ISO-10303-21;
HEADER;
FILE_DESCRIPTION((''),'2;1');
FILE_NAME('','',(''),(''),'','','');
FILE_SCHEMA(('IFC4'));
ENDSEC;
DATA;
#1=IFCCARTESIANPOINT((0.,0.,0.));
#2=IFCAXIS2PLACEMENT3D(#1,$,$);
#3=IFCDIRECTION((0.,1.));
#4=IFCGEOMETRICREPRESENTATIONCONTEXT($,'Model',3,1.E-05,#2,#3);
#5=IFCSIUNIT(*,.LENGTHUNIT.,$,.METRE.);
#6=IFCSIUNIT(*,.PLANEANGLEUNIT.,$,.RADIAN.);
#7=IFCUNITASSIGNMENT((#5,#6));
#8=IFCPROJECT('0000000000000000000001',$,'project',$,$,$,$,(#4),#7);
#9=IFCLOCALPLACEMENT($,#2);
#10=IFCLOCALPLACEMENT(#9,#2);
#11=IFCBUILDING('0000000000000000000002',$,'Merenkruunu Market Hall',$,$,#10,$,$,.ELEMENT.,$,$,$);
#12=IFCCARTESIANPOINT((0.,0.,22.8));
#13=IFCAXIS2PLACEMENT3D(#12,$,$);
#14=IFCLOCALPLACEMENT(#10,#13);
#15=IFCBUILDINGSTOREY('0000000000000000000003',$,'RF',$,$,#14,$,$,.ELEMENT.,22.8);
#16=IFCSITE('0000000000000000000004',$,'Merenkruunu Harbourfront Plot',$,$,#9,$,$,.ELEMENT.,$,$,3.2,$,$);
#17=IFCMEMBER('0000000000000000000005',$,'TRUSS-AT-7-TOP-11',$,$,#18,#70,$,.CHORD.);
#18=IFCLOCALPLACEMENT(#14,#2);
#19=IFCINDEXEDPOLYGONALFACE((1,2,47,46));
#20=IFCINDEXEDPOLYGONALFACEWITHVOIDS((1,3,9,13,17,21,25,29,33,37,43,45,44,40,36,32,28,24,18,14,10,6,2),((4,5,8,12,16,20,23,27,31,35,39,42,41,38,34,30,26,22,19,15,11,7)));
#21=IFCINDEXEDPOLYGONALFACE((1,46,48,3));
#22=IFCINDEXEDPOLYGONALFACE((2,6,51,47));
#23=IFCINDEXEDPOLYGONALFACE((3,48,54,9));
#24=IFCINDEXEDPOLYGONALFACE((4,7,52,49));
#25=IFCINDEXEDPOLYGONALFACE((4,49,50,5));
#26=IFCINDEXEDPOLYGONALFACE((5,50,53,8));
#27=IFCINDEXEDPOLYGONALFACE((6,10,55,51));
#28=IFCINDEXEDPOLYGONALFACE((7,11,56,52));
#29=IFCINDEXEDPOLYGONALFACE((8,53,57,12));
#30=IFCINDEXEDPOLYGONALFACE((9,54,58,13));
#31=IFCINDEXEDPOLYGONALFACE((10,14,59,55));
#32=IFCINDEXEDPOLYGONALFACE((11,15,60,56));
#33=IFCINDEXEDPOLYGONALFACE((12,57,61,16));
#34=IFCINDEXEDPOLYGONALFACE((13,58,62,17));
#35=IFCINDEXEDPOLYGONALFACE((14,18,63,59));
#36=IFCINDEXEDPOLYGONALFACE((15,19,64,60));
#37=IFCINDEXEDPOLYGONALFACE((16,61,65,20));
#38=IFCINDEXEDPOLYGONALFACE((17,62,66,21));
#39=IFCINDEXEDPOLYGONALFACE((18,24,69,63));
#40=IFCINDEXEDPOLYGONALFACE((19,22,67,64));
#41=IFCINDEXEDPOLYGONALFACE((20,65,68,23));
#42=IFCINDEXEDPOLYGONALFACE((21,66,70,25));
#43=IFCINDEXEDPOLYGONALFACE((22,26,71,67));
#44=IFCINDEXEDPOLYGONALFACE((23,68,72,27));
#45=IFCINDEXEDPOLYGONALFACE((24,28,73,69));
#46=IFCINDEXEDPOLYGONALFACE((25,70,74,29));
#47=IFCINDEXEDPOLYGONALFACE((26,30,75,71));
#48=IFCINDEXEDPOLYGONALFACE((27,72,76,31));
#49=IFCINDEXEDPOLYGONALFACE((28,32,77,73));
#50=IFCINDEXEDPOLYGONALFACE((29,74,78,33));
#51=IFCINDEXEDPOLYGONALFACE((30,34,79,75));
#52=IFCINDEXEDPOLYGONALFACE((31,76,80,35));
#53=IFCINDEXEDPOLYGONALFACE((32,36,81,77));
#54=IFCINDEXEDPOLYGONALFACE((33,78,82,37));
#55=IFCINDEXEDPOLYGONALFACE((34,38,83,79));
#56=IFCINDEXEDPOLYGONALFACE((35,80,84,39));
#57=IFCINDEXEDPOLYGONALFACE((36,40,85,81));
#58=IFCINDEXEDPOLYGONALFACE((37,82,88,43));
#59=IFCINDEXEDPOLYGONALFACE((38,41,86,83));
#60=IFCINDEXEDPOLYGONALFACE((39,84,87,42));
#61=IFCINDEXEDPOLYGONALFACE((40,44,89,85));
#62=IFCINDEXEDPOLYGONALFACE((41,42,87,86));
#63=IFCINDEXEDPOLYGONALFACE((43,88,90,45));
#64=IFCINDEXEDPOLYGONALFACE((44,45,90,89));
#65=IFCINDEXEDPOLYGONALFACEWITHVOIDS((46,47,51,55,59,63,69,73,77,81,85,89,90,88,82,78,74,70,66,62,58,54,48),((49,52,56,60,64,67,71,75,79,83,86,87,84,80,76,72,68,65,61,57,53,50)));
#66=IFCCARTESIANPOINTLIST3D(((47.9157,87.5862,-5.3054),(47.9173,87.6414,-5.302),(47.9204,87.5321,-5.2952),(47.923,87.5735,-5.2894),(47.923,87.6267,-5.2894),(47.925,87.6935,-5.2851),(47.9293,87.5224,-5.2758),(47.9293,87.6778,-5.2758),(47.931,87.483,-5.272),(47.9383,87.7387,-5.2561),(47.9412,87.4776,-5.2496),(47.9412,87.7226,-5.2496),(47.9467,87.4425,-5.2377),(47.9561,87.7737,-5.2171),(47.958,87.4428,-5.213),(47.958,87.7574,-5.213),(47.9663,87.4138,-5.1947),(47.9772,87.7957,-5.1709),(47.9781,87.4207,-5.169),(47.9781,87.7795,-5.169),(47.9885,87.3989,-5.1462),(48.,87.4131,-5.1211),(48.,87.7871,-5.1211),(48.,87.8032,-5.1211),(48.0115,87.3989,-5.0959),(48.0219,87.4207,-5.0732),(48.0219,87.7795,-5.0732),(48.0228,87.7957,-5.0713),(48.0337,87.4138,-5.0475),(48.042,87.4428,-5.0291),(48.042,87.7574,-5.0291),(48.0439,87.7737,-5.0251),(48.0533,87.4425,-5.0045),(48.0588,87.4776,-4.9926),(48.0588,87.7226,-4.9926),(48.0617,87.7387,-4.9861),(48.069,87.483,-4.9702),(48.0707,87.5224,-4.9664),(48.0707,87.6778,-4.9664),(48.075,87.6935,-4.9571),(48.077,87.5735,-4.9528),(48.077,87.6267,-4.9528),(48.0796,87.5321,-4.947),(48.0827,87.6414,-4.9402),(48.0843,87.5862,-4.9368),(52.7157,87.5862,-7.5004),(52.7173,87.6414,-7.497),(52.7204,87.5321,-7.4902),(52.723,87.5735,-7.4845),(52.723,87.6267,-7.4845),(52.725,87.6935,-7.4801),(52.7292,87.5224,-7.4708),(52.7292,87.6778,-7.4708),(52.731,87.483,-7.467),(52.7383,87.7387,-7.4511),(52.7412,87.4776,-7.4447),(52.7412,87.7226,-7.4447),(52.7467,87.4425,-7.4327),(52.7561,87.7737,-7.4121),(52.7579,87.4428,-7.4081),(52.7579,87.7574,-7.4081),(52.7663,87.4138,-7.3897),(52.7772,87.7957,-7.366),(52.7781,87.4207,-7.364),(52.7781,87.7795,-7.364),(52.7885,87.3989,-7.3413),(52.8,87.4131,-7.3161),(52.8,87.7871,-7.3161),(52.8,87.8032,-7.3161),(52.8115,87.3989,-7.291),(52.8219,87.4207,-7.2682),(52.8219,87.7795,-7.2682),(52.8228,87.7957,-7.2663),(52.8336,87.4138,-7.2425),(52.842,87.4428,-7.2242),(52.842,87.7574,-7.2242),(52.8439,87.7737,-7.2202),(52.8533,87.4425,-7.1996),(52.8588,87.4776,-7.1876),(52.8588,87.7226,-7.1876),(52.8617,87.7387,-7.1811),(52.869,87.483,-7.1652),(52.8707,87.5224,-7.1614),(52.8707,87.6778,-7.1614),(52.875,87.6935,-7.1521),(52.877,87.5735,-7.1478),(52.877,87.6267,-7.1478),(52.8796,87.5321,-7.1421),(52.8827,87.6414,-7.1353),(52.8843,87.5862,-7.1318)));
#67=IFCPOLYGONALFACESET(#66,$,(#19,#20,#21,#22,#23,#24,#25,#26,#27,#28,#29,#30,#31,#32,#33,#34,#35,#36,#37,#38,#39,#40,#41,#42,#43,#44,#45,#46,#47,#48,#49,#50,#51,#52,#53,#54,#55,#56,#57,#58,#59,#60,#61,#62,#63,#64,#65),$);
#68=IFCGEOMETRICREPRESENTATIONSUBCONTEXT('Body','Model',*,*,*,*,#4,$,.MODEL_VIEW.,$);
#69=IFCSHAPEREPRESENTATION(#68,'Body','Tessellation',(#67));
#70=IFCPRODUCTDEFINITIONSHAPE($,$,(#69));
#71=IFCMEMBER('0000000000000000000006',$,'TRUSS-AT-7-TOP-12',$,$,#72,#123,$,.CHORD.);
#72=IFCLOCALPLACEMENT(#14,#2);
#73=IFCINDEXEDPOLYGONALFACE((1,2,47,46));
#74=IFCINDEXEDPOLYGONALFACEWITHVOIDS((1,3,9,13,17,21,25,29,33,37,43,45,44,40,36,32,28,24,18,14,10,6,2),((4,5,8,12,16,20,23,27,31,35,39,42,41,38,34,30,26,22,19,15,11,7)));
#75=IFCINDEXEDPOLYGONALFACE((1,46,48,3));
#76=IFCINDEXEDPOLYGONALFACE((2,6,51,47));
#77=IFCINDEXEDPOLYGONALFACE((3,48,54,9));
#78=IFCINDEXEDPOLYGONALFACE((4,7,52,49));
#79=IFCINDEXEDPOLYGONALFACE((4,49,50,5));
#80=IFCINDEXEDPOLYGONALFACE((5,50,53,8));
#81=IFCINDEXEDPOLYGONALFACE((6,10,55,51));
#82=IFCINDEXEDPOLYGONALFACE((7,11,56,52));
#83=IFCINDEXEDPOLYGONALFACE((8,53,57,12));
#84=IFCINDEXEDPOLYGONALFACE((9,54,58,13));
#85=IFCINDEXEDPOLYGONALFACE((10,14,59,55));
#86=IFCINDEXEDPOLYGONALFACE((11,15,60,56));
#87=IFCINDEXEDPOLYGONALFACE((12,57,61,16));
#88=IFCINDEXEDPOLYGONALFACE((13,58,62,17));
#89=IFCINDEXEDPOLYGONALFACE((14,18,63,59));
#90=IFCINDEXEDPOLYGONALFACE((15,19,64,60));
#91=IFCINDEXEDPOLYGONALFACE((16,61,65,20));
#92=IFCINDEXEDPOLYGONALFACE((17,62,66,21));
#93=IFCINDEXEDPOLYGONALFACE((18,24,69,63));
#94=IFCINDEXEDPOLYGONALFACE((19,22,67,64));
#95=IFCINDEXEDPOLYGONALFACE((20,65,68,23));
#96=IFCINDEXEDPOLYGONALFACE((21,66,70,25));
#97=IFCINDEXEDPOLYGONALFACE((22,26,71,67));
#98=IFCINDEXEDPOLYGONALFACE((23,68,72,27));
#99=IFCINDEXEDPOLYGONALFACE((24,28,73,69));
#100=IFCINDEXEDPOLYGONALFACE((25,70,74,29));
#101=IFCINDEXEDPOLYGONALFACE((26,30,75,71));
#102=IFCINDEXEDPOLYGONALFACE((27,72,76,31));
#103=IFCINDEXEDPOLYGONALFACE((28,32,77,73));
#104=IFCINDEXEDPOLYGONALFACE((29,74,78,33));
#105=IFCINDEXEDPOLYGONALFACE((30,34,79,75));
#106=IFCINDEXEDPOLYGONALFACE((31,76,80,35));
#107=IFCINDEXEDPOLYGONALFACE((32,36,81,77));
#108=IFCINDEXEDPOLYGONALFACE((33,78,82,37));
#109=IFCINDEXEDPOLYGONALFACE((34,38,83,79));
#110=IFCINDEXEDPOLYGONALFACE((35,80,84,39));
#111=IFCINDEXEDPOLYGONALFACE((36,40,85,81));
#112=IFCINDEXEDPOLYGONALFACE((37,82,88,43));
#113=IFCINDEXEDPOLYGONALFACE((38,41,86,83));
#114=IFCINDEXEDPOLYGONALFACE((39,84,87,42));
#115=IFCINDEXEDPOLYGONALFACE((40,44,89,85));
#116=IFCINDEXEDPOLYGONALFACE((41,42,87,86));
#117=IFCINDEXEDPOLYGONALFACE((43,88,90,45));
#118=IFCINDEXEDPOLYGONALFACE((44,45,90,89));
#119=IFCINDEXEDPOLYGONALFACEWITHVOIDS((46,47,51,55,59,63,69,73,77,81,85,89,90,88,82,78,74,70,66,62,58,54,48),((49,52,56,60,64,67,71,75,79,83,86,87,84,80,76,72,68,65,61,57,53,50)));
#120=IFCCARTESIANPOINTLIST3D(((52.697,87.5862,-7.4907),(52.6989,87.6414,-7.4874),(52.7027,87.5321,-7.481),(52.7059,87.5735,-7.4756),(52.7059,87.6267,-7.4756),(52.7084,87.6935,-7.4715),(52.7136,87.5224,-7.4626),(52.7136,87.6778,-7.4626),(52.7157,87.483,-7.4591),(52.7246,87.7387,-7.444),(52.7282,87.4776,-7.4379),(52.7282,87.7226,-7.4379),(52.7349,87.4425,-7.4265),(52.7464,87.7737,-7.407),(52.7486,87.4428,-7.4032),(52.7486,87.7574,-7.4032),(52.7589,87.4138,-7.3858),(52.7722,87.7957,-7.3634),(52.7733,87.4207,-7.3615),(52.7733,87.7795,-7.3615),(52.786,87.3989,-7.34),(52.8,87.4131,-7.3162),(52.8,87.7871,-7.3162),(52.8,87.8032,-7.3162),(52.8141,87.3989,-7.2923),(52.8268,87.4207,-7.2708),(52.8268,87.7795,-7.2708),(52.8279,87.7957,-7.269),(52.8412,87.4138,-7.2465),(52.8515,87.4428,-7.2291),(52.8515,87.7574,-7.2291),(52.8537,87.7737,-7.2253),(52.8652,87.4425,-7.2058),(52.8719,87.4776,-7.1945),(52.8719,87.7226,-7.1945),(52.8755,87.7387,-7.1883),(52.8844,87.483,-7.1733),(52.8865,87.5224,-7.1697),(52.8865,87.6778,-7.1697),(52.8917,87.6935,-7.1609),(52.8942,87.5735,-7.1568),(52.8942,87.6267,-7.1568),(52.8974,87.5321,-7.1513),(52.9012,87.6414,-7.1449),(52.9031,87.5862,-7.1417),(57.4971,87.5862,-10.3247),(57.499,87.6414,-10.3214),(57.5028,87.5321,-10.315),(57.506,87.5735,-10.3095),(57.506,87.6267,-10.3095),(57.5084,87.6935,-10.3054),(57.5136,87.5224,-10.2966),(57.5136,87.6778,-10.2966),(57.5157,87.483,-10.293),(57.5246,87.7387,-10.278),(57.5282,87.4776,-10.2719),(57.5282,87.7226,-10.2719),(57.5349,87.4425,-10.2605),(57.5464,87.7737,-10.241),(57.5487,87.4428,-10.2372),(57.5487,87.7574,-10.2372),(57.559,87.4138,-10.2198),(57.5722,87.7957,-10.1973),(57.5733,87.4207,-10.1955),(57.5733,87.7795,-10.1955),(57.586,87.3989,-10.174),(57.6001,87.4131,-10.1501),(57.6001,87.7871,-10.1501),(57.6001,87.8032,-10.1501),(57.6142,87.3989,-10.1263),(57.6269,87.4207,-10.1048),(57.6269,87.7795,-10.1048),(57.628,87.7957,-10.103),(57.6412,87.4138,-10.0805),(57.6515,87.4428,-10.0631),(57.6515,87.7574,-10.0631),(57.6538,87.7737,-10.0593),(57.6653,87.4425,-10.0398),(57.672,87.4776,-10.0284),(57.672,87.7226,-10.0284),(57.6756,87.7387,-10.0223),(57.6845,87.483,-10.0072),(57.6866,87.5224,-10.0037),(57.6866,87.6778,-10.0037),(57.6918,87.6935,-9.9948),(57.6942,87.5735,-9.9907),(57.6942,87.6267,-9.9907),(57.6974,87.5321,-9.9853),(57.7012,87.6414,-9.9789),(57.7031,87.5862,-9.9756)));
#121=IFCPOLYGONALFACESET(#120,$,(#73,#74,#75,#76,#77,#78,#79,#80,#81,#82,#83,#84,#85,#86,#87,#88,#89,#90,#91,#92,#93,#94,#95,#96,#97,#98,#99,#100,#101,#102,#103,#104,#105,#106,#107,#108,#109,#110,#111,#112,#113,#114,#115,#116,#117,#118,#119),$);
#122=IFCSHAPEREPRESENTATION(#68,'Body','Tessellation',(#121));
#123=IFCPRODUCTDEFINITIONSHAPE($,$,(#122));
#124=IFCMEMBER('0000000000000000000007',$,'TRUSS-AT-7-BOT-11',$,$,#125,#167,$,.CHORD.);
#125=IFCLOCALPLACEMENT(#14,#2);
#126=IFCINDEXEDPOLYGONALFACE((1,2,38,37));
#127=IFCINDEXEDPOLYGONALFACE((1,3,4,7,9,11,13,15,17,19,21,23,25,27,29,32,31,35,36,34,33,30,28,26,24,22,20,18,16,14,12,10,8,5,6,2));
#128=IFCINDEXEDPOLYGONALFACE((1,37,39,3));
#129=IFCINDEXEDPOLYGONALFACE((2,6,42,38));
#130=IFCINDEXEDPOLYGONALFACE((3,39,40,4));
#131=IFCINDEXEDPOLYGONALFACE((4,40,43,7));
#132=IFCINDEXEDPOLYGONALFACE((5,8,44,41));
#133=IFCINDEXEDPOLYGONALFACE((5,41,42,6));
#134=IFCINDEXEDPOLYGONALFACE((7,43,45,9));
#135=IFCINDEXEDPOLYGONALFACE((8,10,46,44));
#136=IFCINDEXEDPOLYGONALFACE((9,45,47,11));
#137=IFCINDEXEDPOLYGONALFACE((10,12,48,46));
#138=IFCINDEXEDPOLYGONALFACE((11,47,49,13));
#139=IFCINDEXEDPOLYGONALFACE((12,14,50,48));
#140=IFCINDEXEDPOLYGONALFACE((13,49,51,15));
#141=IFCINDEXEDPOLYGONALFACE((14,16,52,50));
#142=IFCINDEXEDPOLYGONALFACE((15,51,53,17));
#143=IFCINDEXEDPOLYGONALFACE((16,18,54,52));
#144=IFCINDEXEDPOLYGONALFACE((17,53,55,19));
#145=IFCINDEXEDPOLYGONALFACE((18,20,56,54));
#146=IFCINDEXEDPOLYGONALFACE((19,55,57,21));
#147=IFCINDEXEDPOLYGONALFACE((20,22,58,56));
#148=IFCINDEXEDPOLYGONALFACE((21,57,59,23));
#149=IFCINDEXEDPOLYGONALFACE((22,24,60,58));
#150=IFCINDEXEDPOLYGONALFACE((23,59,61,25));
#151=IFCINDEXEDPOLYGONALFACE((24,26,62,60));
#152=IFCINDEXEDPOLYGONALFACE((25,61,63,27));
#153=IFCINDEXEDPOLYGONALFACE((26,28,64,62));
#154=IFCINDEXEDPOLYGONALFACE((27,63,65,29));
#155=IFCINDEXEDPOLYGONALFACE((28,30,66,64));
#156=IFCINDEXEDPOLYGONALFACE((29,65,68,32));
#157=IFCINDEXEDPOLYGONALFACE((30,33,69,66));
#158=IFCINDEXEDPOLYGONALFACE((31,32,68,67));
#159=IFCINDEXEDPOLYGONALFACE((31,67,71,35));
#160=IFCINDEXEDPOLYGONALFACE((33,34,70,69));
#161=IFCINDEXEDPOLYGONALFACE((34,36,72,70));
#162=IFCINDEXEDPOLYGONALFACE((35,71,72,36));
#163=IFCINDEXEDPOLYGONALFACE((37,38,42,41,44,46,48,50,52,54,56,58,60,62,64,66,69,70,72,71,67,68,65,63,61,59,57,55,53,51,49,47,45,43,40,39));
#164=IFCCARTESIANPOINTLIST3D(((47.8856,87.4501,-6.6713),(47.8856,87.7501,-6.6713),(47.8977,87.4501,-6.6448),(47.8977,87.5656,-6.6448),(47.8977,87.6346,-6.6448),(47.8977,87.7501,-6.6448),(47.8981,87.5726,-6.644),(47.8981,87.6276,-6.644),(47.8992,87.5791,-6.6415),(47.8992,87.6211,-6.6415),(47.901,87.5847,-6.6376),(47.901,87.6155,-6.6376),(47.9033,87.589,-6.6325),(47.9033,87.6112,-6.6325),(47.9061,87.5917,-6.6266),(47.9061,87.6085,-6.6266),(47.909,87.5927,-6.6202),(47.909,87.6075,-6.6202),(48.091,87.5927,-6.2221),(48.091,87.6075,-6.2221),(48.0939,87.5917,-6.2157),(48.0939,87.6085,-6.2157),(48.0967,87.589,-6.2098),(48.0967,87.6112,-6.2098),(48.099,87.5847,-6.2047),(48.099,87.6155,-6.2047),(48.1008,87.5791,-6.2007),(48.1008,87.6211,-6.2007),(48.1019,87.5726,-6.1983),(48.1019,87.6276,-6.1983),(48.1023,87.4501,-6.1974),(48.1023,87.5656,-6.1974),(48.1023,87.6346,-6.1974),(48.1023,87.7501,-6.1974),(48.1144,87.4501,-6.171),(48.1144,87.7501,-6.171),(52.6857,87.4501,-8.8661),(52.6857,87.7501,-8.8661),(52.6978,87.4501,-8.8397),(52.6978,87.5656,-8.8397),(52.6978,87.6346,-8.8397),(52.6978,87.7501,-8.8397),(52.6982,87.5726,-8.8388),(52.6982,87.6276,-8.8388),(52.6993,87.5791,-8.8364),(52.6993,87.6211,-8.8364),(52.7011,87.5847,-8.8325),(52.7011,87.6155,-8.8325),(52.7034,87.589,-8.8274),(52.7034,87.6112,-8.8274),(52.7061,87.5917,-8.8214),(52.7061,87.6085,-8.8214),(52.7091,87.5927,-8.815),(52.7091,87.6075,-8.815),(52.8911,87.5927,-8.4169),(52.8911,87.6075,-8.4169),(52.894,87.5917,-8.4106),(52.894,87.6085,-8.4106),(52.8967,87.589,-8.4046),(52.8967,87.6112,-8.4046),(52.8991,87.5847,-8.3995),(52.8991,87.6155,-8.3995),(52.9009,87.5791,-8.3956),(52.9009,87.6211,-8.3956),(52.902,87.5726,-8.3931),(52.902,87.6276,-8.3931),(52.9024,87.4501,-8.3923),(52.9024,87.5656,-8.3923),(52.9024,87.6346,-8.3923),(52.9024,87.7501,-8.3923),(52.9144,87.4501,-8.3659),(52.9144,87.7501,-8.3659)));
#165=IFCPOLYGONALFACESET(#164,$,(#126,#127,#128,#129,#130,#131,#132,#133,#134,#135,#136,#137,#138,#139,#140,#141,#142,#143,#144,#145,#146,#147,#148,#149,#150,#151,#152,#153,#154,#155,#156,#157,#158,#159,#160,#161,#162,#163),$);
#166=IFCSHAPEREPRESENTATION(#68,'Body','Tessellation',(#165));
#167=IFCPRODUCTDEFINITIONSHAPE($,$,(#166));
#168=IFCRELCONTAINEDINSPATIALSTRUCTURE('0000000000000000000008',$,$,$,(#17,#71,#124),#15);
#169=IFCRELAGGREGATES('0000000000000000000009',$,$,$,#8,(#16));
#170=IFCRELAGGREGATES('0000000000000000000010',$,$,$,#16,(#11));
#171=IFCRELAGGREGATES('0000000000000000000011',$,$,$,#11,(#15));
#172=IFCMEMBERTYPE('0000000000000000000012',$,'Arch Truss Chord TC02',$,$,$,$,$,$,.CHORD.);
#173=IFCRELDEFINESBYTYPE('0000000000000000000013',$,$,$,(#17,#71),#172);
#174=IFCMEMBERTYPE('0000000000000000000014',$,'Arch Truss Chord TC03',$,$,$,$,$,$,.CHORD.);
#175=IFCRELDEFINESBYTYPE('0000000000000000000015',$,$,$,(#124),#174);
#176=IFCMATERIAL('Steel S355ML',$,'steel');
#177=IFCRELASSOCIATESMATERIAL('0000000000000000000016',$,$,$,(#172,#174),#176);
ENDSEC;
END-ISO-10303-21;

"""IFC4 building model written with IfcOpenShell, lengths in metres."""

from ifc_helpers import new_model, si_unit, direction, frame, origin, origin_2d, place, context, subcontext, project, spatial, hollow_circle, i_section, extrude, material, material_profile, profile_set, type_object, element, save


model = new_model("IFC4")

# Units and contexts
model_context = context("Model", 3, precision=1e-05, world=origin(), true_north=direction((0.0, 1.0)))
body_context = subcontext(model_context, "Body", "Model", "MODEL_VIEW")
ifc_project = project(units=[si_unit("LENGTHUNIT", "METRE"), si_unit("PLANEANGLEUNIT", "RADIAN")], contexts=[model_context])

# Site, building, storey
site_placement = place(None, origin())
site = spatial("IfcSite", under=ifc_project, at=site_placement, Name="Merenkruunu Harbourfront Plot", CompositionType="ELEMENT", RefElevation=3.2)
building_placement = place(site_placement, origin())
building = spatial("IfcBuilding", under=site, at=building_placement, Name="Merenkruunu Market Hall", CompositionType="ELEMENT")
storey_placement = place(building_placement, frame((0.0, 0.0, 22.8)))
storey = spatial("IfcBuildingStorey", under=building, at=storey_placement, Name="RF", CompositionType="ELEMENT", Elevation=22.8)

# Members
ifc_material_1 = material(Name="Steel S355ML", Category="steel")
ifc_material_profile_1 = material_profile(ifc_material_1, hollow_circle(Radius=0.2031, WallThickness=0.0161, at=origin_2d()), Name="CHS 406.4x16")
ifc_profile_set_1 = profile_set([ifc_material_profile_1], Name="Steel S355ML")
member_type_1 = type_object("IfcMemberType", Name="Arch Truss Chord TC02", PredefinedType="CHORD", material=ifc_profile_set_1)
member_1_placement = place(storey_placement, frame((48.0, 87.6001, -5.1211), z_axis=(0.90942, 0.0, -0.415879), x_axis=(0.0, 1.0, 0.0)))
element("IfcMember", 1, at=member_1_placement, inside=storey, type_object=member_type_1, Name="TRUSS-AT-7-TOP-11", PredefinedType="CHORD", context=body_context, shape_type="SweptSolid", body=[
    extrude(hollow_circle(Radius=0.2031, WallThickness=0.0161, at=origin_2d()), origin(), (0.0, 0.0, 1.0), 5.2781),
])
member_2_placement = place(storey_placement, frame((52.8, 87.6001, -7.3162), z_axis=(0.861116, 0.0, -0.508409), x_axis=(0.0, 1.0, 0.0)))
element("IfcMember", 2, at=member_2_placement, inside=storey, type_object=member_type_1, Name="TRUSS-AT-7-TOP-12", PredefinedType="CHORD", context=body_context, shape_type="SweptSolid", body=[
    extrude(hollow_circle(Radius=0.2031, WallThickness=0.0161, at=origin_2d()), origin(), (0.0, 0.0, 1.0), 5.5742),
])
ifc_material_profile_2 = material_profile(ifc_material_1, i_section(OverallWidth=0.3, OverallDepth=0.55, WebThickness=0.0149, FlangeThickness=0.0291, FilletRadius=0.0271, at=origin_2d()), Name="HEB 550")
ifc_profile_set_2 = profile_set([ifc_material_profile_2], Name="Steel S355ML")
member_type_2 = type_object("IfcMemberType", Name="Arch Truss Chord TC03", PredefinedType="CHORD", material=ifc_profile_set_2)
member_3_placement = place(storey_placement, frame((48.0, 87.6001, -6.4211), z_axis=(0.909437, 0.0, -0.415841), x_axis=(0.0, 1.0, 0.0)))
element("IfcMember", 3, at=member_3_placement, inside=storey, type_object=member_type_2, Name="TRUSS-AT-7-BOT-11", PredefinedType="CHORD", context=body_context, shape_type="SweptSolid", body=[
    extrude(i_section(OverallWidth=0.3, OverallDepth=0.55, WebThickness=0.0149, FlangeThickness=0.0291, FilletRadius=0.0271, at=origin_2d()), origin(), (0.0, 0.0, 1.0), 5.2781),
])

save(model, "model.ifc")
